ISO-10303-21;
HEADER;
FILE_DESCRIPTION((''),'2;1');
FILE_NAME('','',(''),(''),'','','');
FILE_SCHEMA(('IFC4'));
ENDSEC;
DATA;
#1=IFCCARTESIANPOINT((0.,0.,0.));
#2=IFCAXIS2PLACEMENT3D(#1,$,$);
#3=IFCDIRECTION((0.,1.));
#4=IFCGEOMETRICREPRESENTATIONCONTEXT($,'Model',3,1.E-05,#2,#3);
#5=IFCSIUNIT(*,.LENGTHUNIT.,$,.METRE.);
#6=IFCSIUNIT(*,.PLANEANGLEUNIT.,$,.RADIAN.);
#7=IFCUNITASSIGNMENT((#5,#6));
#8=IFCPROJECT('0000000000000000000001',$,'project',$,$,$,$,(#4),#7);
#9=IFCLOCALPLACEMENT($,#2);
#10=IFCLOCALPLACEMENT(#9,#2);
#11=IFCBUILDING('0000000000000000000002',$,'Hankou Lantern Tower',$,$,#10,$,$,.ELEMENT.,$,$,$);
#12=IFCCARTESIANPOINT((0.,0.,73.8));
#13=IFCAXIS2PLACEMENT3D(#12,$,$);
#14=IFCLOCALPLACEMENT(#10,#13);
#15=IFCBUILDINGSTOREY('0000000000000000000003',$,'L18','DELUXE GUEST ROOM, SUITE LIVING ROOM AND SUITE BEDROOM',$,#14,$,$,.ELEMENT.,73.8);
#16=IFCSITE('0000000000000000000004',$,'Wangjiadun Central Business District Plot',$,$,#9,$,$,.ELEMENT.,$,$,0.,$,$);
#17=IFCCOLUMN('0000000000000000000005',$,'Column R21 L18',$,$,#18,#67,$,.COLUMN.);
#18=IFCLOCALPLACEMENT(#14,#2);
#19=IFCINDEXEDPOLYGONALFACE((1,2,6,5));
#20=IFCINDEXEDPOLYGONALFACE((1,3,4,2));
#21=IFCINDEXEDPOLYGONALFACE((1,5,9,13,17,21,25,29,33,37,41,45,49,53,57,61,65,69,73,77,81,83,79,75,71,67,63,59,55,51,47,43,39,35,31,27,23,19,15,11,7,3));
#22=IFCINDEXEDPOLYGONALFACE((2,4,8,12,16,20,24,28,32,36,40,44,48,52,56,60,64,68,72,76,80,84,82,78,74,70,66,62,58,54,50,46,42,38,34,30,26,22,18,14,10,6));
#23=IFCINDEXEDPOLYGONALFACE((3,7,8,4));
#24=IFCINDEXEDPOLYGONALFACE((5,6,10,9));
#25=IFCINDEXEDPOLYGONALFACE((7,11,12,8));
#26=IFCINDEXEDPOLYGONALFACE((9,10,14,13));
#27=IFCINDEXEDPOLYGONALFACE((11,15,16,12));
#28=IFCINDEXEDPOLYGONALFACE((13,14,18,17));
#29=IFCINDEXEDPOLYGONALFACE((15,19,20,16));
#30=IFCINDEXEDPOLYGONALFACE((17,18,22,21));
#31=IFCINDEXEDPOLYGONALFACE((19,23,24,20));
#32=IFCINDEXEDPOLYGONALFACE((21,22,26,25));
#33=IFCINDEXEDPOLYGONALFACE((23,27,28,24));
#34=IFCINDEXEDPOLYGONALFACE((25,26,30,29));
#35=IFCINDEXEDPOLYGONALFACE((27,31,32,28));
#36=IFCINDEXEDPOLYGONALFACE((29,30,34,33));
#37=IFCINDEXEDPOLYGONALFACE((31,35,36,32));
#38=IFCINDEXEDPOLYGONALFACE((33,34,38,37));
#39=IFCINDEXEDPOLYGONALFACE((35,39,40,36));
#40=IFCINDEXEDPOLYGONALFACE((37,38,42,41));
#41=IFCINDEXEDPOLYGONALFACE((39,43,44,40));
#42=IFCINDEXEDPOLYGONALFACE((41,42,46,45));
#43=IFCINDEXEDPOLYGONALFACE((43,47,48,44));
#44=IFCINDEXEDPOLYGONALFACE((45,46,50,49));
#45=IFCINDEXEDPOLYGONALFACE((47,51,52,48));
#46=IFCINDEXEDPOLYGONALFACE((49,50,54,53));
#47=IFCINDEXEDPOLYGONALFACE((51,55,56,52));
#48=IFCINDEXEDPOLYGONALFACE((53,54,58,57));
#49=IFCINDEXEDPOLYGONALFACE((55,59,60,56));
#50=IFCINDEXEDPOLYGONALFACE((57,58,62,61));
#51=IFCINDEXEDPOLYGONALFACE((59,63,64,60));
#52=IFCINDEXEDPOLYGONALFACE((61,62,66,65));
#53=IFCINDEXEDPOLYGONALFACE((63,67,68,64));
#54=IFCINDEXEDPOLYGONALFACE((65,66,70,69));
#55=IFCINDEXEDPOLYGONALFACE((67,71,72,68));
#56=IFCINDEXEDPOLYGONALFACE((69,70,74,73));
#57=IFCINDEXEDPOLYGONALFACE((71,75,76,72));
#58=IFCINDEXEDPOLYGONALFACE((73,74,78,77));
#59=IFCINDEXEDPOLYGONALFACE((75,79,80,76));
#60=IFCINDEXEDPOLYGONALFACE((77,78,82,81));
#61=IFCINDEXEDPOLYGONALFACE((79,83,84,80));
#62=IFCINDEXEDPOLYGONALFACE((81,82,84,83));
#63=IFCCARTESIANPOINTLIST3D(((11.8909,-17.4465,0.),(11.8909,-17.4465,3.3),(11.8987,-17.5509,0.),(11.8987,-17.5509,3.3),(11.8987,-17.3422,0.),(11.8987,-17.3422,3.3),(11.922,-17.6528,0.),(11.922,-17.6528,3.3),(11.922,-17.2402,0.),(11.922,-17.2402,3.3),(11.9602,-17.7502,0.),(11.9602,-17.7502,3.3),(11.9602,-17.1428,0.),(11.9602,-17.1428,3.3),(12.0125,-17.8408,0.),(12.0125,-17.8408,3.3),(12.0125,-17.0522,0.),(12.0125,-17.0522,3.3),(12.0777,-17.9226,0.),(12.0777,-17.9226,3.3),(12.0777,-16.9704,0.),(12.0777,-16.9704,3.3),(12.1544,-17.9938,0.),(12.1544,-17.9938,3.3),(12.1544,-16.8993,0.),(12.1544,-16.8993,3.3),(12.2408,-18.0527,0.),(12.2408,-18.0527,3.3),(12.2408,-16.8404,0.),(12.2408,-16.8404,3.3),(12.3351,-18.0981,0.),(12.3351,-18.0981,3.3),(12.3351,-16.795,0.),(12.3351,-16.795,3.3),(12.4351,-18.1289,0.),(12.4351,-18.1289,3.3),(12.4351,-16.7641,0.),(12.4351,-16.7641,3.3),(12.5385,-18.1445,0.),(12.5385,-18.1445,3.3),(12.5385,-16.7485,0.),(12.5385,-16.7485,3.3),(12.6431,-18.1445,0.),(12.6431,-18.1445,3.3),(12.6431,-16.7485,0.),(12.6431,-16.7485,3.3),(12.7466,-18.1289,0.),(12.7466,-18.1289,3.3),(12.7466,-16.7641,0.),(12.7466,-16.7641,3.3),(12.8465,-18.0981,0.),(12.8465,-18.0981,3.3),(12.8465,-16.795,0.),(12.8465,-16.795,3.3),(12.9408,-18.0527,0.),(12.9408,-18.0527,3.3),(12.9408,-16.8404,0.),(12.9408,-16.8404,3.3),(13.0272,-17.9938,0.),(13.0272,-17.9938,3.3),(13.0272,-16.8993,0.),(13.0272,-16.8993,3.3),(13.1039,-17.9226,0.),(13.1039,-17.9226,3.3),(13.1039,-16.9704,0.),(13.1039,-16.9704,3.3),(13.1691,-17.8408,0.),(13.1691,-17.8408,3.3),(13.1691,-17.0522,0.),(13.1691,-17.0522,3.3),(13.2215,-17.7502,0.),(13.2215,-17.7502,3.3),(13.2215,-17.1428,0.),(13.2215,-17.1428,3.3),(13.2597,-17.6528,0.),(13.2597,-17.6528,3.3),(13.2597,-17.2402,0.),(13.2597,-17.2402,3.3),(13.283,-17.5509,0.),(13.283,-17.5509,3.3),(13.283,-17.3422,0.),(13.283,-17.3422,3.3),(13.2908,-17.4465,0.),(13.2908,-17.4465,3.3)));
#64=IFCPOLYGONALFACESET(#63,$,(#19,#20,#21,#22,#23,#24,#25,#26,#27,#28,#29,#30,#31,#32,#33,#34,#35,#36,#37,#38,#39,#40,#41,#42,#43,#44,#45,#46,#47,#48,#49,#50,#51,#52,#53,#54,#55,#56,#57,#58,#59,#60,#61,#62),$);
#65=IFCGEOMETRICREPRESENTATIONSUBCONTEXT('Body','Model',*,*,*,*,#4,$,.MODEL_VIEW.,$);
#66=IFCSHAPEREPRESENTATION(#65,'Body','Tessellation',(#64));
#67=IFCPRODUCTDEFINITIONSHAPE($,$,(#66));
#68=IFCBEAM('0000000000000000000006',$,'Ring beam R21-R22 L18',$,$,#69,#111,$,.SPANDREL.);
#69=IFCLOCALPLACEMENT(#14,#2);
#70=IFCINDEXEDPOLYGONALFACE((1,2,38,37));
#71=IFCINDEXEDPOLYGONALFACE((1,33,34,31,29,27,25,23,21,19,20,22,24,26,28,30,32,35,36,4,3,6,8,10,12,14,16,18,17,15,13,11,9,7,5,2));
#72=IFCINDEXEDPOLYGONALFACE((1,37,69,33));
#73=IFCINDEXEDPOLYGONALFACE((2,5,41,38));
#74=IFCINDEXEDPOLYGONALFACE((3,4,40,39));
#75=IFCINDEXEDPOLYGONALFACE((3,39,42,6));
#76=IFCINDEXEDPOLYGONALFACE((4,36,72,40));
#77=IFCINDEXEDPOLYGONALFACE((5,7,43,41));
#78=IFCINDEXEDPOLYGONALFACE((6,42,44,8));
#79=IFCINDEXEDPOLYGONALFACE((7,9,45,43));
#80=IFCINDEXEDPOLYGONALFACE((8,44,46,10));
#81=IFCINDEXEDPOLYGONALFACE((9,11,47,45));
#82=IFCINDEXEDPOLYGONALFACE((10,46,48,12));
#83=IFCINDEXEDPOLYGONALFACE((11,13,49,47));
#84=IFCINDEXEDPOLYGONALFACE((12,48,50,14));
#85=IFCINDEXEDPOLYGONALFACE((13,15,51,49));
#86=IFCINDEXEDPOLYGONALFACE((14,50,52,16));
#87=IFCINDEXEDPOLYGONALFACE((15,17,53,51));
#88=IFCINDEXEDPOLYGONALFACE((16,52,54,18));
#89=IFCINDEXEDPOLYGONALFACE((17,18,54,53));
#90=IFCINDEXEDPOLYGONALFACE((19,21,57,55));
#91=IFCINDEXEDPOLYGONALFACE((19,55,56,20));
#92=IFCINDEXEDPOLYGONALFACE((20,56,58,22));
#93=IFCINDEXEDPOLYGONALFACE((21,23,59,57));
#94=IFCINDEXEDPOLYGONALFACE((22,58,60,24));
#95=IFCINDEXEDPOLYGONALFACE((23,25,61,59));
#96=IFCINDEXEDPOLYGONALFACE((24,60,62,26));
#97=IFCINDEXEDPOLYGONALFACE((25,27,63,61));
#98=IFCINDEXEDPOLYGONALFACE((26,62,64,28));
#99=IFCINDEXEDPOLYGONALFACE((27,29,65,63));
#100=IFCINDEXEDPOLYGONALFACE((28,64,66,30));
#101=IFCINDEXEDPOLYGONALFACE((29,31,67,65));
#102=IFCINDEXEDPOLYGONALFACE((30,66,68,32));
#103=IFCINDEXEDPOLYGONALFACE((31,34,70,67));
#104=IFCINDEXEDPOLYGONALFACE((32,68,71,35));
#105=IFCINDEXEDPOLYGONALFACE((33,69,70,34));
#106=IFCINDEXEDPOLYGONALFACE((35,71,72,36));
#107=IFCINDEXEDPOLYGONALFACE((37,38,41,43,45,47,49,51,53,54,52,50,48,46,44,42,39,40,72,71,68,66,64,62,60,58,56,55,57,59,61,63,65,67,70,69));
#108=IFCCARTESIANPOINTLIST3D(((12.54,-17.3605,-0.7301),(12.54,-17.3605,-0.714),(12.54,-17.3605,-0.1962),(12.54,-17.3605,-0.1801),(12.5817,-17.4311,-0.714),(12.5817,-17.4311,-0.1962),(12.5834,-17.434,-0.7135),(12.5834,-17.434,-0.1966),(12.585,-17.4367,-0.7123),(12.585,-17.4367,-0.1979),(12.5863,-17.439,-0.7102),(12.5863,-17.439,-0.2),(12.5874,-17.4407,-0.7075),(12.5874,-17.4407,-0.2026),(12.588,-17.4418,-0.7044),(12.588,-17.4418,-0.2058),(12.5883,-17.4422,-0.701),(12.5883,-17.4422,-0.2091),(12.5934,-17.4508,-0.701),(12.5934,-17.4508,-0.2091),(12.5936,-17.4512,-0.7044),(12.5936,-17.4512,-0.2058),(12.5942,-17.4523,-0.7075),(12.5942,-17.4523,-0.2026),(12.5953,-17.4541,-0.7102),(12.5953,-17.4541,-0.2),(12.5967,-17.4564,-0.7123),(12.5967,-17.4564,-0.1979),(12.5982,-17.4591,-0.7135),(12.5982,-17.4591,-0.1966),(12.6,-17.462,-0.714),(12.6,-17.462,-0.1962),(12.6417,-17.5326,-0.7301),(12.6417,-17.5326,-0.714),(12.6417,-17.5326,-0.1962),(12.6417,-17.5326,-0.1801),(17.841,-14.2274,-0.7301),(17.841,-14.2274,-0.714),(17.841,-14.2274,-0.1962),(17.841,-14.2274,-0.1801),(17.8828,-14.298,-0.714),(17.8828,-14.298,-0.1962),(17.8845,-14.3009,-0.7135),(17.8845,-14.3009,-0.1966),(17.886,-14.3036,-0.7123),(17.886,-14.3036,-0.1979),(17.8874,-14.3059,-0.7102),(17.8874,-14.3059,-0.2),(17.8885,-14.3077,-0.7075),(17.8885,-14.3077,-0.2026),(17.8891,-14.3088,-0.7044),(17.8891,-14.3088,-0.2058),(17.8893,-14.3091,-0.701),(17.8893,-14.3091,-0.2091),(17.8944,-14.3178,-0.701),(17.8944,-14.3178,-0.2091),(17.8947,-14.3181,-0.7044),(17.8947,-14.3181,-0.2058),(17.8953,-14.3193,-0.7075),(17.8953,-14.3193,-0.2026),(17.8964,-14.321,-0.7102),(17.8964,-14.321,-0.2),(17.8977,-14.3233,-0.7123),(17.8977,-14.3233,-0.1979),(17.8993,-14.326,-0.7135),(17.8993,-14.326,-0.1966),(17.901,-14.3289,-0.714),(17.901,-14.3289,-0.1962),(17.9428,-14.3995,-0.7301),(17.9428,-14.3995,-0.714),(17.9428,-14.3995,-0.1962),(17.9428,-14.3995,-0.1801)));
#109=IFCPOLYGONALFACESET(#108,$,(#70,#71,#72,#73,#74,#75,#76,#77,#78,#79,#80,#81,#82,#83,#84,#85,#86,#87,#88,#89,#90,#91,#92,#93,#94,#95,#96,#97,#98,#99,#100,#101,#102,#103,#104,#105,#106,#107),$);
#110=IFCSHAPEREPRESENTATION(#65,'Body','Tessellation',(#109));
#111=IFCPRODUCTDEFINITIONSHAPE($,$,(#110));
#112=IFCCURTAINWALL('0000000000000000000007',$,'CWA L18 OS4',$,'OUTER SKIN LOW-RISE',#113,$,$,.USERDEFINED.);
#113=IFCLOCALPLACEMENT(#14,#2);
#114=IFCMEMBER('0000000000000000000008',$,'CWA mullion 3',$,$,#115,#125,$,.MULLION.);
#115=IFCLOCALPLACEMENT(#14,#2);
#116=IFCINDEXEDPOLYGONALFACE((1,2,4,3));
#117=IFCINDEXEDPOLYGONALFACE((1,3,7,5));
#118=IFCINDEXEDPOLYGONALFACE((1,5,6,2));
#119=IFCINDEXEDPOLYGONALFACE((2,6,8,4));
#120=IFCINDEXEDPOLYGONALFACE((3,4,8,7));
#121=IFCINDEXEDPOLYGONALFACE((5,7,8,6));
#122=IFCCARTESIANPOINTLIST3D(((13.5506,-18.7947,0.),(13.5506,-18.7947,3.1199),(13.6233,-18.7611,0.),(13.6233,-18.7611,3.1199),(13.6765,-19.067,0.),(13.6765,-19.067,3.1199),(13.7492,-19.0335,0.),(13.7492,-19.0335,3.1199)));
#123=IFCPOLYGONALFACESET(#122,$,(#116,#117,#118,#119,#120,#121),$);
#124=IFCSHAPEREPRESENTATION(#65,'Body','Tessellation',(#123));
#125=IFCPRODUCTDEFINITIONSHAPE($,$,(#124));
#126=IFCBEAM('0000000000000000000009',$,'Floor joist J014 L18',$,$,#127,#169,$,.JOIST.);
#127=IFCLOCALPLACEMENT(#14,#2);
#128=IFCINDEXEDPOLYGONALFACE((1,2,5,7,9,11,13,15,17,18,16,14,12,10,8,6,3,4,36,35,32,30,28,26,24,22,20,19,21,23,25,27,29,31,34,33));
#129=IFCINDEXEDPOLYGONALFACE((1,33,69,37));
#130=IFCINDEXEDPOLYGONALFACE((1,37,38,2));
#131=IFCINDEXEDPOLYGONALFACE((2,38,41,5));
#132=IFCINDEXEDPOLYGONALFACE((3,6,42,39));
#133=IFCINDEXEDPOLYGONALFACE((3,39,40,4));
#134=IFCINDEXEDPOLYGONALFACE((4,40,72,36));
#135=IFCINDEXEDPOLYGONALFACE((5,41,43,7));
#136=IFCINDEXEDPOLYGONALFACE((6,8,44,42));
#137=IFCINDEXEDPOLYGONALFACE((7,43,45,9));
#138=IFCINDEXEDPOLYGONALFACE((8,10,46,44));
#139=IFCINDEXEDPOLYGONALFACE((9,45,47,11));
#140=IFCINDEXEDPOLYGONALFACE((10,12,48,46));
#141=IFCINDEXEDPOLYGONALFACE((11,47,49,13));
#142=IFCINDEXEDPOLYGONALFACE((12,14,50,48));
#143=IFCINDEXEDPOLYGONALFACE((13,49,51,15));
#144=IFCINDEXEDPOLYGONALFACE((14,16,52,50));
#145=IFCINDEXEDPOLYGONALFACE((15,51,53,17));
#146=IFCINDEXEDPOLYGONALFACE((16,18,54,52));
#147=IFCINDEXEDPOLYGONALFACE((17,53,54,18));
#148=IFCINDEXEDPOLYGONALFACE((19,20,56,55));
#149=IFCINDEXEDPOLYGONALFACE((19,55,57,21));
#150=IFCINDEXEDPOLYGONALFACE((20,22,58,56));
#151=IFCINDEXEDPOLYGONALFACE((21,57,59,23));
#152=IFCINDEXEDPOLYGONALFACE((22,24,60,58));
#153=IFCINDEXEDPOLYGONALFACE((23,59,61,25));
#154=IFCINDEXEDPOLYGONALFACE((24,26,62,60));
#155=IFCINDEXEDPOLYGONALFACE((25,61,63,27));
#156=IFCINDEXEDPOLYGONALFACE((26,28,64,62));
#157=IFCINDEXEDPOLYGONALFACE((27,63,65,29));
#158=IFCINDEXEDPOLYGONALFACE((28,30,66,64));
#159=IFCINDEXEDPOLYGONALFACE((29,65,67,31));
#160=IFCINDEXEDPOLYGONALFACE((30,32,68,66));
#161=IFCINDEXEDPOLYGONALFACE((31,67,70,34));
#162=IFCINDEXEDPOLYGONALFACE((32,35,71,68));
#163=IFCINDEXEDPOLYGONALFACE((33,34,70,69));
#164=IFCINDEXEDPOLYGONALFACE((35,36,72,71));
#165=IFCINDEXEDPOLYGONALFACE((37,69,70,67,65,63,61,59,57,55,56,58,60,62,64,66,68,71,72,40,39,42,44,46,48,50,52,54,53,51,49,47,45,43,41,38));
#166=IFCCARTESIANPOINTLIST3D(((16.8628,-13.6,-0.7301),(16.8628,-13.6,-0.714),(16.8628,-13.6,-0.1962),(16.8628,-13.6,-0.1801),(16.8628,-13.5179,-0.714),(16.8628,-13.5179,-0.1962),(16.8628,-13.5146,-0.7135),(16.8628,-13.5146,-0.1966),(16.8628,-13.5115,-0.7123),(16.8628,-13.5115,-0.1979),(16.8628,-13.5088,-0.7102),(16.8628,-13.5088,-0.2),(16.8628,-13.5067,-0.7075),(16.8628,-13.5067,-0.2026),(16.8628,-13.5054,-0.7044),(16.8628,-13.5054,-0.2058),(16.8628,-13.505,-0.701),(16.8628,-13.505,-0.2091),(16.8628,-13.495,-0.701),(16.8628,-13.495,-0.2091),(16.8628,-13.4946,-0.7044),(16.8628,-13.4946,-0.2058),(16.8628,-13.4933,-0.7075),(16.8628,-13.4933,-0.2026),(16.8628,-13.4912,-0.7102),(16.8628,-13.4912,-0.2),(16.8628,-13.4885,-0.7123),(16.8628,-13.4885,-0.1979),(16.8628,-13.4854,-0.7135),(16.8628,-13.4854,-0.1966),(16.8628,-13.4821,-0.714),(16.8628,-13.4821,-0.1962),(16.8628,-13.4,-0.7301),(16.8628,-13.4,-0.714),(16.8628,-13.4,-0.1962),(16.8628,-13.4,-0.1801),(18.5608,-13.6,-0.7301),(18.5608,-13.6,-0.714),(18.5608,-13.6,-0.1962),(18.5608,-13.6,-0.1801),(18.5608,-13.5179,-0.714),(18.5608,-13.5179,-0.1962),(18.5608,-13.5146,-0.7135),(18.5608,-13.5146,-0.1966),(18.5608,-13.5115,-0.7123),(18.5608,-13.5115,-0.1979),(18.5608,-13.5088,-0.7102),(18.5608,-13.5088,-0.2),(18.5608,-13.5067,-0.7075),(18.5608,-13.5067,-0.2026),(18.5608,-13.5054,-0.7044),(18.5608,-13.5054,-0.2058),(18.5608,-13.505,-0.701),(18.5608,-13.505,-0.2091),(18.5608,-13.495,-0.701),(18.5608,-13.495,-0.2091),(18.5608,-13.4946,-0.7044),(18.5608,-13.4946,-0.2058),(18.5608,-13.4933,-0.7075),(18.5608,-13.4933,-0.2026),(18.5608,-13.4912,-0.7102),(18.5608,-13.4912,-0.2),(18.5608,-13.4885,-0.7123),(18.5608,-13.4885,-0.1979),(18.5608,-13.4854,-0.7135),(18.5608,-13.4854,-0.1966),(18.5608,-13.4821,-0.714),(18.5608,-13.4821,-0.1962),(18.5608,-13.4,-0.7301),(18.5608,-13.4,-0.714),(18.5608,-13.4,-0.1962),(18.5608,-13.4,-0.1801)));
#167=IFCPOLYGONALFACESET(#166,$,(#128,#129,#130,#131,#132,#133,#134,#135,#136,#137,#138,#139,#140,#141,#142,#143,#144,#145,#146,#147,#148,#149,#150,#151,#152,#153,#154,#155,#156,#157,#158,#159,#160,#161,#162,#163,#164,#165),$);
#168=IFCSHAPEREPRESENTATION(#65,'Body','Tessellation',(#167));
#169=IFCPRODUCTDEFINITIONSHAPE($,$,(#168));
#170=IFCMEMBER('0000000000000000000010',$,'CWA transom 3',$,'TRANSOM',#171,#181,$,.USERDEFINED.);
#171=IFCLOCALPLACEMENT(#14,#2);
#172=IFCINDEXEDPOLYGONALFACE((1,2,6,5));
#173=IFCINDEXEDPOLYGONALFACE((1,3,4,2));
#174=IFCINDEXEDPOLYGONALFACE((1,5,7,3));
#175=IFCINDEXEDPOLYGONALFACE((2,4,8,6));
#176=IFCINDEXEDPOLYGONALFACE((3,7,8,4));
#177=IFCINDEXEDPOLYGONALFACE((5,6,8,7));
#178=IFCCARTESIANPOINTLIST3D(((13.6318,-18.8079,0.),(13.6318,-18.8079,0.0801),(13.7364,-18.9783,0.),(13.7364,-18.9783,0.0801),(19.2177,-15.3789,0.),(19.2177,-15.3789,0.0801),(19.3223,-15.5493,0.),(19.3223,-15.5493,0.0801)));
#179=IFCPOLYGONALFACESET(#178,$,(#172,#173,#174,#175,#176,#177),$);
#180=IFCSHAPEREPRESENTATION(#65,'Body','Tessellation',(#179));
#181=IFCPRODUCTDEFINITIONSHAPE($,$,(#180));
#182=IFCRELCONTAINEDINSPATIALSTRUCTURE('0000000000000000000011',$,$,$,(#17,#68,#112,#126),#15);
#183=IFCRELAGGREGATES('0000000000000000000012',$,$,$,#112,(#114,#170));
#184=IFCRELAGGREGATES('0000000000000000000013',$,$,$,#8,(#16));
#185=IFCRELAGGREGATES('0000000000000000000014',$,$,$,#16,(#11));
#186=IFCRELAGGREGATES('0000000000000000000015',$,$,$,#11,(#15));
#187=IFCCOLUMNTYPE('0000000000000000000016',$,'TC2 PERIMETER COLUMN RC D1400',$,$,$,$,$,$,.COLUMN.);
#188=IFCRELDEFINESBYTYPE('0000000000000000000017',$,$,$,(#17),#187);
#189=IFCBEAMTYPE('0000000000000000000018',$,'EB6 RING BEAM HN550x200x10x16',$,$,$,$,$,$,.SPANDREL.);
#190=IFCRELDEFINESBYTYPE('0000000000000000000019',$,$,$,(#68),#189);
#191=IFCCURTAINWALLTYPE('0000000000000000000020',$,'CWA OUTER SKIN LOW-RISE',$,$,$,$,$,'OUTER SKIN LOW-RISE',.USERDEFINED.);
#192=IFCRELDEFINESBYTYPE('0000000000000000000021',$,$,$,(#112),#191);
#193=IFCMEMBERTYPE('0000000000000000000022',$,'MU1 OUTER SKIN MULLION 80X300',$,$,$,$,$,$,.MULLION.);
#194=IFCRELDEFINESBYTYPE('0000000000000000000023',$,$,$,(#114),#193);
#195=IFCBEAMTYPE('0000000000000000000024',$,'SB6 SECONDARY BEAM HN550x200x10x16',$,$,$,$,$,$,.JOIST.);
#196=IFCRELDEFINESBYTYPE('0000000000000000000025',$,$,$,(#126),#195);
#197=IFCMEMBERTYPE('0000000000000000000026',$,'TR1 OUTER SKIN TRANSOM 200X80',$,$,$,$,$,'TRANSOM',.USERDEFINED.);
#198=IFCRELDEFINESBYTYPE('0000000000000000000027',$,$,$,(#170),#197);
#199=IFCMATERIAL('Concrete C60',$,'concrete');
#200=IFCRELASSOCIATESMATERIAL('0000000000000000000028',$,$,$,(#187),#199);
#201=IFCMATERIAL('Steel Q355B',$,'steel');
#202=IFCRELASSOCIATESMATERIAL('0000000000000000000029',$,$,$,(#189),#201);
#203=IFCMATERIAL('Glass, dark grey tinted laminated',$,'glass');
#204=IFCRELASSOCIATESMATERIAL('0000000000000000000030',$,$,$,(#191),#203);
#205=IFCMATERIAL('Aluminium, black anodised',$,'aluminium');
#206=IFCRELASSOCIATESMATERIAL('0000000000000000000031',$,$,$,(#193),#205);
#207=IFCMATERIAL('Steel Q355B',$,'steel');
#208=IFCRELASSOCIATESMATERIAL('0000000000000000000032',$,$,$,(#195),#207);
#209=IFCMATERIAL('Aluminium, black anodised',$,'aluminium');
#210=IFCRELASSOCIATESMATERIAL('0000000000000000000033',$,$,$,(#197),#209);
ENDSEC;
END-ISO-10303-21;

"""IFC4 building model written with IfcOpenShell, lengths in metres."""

from ifc_helpers import new_model, si_unit, direction, frame, origin, origin_2d, place, context, subcontext, project, spatial, rectangle, circle, i_section, extrude, material, material_profile, profile_set, type_object, element, aggregate, save


model = new_model("IFC4")

# Units and contexts
model_context = context("Model", 3, precision=1e-05, world=origin(), true_north=direction((0.0, 1.0)))
body_context = subcontext(model_context, "Body", "Model", "MODEL_VIEW")
ifc_project = project(units=[si_unit("LENGTHUNIT", "METRE"), si_unit("PLANEANGLEUNIT", "RADIAN")], contexts=[model_context])

# Site, building, storey
site_placement = place(None, origin())
site = spatial("IfcSite", under=ifc_project, at=site_placement, Name="Wangjiadun Central Business District Plot", CompositionType="ELEMENT", RefElevation=0.0)
building_placement = place(site_placement, origin())
building = spatial("IfcBuilding", under=site, at=building_placement, Name="Hankou Lantern Tower", CompositionType="ELEMENT")
storey_placement = place(building_placement, frame((0.0, 0.0, 73.8)))
storey = spatial("IfcBuildingStorey", under=building, at=storey_placement, Name="L18", Description="DELUXE GUEST ROOM, SUITE LIVING ROOM AND SUITE BEDROOM", CompositionType="ELEMENT", Elevation=73.8)

# Column
ifc_material_1 = material(Name="Concrete C60", Category="concrete")
ifc_material_profile_1 = material_profile(ifc_material_1, circle(Radius=0.7, at=origin_2d()), Name="RC D1400")
ifc_profile_set_1 = profile_set([ifc_material_profile_1], Name="Concrete C60")
column_type = type_object("IfcColumnType", Name="TC2 PERIMETER COLUMN RC D1400", PredefinedType="COLUMN", material=ifc_profile_set_1)
column_placement = place(storey_placement, frame((12.5908, -17.4465, 0.0), z_axis=(0.0, 0.0, 1.0), x_axis=(1.0, 0.0, 0.0)))
element("IfcColumn", 1, at=column_placement, inside=storey, type_object=column_type, Name="Column R21 L18", PredefinedType="COLUMN", context=body_context, shape_type="SweptSolid", body=[
    extrude(circle(Radius=0.7, at=origin_2d()), origin(), (0.0, 0.0, 1.0), 3.3),
])

# Beam
ifc_material_2 = material(Name="Steel Q355B", Category="steel")
ifc_material_profile_2 = material_profile(ifc_material_2, i_section(OverallWidth=0.2, OverallDepth=0.55, WebThickness=0.01, FlangeThickness=0.0161, FilletRadius=0.0129, at=origin_2d()), Name="HN550x200x10x16")
ifc_profile_set_2 = profile_set([ifc_material_profile_2], Name="Steel Q355B")
beam_type_1 = type_object("IfcBeamType", Name="EB6 RING BEAM HN550x200x10x16", PredefinedType="SPANDREL", material=ifc_profile_set_2)
beam_1_placement = place(storey_placement, frame((12.5908, -17.4465, -0.4551), z_axis=(0.860882, 0.508805, 0.0), x_axis=(-0.508805, 0.860882, 0.0)))
element("IfcBeam", 2, at=beam_1_placement, inside=storey, type_object=beam_type_1, Name="Ring beam R21-R22 L18", PredefinedType="SPANDREL", context=body_context, shape_type="SweptSolid", body=[
    extrude(i_section(OverallWidth=0.2, OverallDepth=0.55, WebThickness=0.01, FlangeThickness=0.0161, FilletRadius=0.0129, at=origin_2d()), origin(), (0.0, 0.0, 1.0), 6.1577),
])

# Curtain wall, member
ifc_material_3 = material(Name="Glass, dark grey tinted laminated", Category="glass")
curtain_wall_type = type_object("IfcCurtainWallType", Name="CWA OUTER SKIN LOW-RISE", ElementType="OUTER SKIN LOW-RISE", PredefinedType="USERDEFINED", material=ifc_material_3)
curtain_wall_placement = place(storey_placement, origin())
curtain_wall = element("IfcCurtainWall", 3, at=curtain_wall_placement, inside=storey, type_object=curtain_wall_type, Name="CWA L18 OS4", ObjectType="OUTER SKIN LOW-RISE", PredefinedType="USERDEFINED")
ifc_material_4 = material(Name="Aluminium, black anodised", Category="aluminium")
ifc_material_profile_3 = material_profile(ifc_material_4, rectangle(XDim=0.0801, YDim=0.3, at=origin_2d()), Name="MU1 80X300")
ifc_profile_set_3 = profile_set([ifc_material_profile_3], Name="Aluminium, black anodised")
member_type_1 = type_object("IfcMemberType", Name="MU1 OUTER SKIN MULLION 80X300", PredefinedType="MULLION", material=ifc_profile_set_3)
member_1_placement = place(storey_placement, frame((13.6499, -18.9141, 0.0), z_axis=(0.0, 0.0, 1.0), x_axis=(0.907841, 0.419314, 0.0)))
member_1 = element("IfcMember", 4, at=member_1_placement, type_object=member_type_1, Name="CWA mullion 3", PredefinedType="MULLION", context=body_context, shape_type="SweptSolid", body=[
    extrude(rectangle(XDim=0.0801, YDim=0.3, at=origin_2d()), origin(), (0.0, 0.0, 1.0), 3.1199),
])

# Beam
ifc_material_5 = material(Name="Steel Q355B", Category="steel")
ifc_material_profile_4 = material_profile(ifc_material_5, i_section(OverallWidth=0.2, OverallDepth=0.55, WebThickness=0.01, FlangeThickness=0.0161, FilletRadius=0.0129, at=origin_2d()), Name="HN550x200x10x16")
ifc_profile_set_4 = profile_set([ifc_material_profile_4], Name="Steel Q355B")
beam_type_2 = type_object("IfcBeamType", Name="SB6 SECONDARY BEAM HN550x200x10x16", PredefinedType="JOIST", material=ifc_profile_set_4)
beam_2_placement = place(storey_placement, frame((16.8628, -13.5, -0.4551), z_axis=(1.0, 0.0, 0.0), x_axis=(0.0, 1.0, 0.0)))
element("IfcBeam", 5, at=beam_2_placement, inside=storey, type_object=beam_type_2, Name="Floor joist J014 L18", PredefinedType="JOIST", context=body_context, shape_type="SweptSolid", body=[
    extrude(i_section(OverallWidth=0.2, OverallDepth=0.55, WebThickness=0.01, FlangeThickness=0.0161, FilletRadius=0.0129, at=origin_2d()), origin(), (0.0, 0.0, 1.0), 1.698),
])

# Member
ifc_material_6 = material(Name="Aluminium, black anodised", Category="aluminium")
ifc_material_profile_5 = material_profile(ifc_material_6, rectangle(XDim=0.2, YDim=0.0801, at=origin_2d()), Name="TR1 200X80")
ifc_profile_set_5 = profile_set([ifc_material_profile_5], Name="Aluminium, black anodised")
member_type_2 = type_object("IfcMemberType", Name="TR1 OUTER SKIN TRANSOM 200X80", ElementType="TRANSOM", PredefinedType="USERDEFINED", material=ifc_profile_set_5)
member_2_placement = place(storey_placement, frame((13.6841, -18.8931, 0.04), z_axis=(0.85224, 0.523152, 0.0), x_axis=(-0.523152, 0.85224, 0.0)))
member_2 = element("IfcMember", 6, at=member_2_placement, type_object=member_type_2, Name="CWA transom 3", ObjectType="TRANSOM", PredefinedType="USERDEFINED", context=body_context, shape_type="SweptSolid", body=[
    extrude(rectangle(XDim=0.2, YDim=0.0801, at=origin_2d()), origin(), (0.0, 0.0, 1.0), 6.5544),
])

aggregate(curtain_wall, [member_1, member_2])

save(model, "model.ifc")
